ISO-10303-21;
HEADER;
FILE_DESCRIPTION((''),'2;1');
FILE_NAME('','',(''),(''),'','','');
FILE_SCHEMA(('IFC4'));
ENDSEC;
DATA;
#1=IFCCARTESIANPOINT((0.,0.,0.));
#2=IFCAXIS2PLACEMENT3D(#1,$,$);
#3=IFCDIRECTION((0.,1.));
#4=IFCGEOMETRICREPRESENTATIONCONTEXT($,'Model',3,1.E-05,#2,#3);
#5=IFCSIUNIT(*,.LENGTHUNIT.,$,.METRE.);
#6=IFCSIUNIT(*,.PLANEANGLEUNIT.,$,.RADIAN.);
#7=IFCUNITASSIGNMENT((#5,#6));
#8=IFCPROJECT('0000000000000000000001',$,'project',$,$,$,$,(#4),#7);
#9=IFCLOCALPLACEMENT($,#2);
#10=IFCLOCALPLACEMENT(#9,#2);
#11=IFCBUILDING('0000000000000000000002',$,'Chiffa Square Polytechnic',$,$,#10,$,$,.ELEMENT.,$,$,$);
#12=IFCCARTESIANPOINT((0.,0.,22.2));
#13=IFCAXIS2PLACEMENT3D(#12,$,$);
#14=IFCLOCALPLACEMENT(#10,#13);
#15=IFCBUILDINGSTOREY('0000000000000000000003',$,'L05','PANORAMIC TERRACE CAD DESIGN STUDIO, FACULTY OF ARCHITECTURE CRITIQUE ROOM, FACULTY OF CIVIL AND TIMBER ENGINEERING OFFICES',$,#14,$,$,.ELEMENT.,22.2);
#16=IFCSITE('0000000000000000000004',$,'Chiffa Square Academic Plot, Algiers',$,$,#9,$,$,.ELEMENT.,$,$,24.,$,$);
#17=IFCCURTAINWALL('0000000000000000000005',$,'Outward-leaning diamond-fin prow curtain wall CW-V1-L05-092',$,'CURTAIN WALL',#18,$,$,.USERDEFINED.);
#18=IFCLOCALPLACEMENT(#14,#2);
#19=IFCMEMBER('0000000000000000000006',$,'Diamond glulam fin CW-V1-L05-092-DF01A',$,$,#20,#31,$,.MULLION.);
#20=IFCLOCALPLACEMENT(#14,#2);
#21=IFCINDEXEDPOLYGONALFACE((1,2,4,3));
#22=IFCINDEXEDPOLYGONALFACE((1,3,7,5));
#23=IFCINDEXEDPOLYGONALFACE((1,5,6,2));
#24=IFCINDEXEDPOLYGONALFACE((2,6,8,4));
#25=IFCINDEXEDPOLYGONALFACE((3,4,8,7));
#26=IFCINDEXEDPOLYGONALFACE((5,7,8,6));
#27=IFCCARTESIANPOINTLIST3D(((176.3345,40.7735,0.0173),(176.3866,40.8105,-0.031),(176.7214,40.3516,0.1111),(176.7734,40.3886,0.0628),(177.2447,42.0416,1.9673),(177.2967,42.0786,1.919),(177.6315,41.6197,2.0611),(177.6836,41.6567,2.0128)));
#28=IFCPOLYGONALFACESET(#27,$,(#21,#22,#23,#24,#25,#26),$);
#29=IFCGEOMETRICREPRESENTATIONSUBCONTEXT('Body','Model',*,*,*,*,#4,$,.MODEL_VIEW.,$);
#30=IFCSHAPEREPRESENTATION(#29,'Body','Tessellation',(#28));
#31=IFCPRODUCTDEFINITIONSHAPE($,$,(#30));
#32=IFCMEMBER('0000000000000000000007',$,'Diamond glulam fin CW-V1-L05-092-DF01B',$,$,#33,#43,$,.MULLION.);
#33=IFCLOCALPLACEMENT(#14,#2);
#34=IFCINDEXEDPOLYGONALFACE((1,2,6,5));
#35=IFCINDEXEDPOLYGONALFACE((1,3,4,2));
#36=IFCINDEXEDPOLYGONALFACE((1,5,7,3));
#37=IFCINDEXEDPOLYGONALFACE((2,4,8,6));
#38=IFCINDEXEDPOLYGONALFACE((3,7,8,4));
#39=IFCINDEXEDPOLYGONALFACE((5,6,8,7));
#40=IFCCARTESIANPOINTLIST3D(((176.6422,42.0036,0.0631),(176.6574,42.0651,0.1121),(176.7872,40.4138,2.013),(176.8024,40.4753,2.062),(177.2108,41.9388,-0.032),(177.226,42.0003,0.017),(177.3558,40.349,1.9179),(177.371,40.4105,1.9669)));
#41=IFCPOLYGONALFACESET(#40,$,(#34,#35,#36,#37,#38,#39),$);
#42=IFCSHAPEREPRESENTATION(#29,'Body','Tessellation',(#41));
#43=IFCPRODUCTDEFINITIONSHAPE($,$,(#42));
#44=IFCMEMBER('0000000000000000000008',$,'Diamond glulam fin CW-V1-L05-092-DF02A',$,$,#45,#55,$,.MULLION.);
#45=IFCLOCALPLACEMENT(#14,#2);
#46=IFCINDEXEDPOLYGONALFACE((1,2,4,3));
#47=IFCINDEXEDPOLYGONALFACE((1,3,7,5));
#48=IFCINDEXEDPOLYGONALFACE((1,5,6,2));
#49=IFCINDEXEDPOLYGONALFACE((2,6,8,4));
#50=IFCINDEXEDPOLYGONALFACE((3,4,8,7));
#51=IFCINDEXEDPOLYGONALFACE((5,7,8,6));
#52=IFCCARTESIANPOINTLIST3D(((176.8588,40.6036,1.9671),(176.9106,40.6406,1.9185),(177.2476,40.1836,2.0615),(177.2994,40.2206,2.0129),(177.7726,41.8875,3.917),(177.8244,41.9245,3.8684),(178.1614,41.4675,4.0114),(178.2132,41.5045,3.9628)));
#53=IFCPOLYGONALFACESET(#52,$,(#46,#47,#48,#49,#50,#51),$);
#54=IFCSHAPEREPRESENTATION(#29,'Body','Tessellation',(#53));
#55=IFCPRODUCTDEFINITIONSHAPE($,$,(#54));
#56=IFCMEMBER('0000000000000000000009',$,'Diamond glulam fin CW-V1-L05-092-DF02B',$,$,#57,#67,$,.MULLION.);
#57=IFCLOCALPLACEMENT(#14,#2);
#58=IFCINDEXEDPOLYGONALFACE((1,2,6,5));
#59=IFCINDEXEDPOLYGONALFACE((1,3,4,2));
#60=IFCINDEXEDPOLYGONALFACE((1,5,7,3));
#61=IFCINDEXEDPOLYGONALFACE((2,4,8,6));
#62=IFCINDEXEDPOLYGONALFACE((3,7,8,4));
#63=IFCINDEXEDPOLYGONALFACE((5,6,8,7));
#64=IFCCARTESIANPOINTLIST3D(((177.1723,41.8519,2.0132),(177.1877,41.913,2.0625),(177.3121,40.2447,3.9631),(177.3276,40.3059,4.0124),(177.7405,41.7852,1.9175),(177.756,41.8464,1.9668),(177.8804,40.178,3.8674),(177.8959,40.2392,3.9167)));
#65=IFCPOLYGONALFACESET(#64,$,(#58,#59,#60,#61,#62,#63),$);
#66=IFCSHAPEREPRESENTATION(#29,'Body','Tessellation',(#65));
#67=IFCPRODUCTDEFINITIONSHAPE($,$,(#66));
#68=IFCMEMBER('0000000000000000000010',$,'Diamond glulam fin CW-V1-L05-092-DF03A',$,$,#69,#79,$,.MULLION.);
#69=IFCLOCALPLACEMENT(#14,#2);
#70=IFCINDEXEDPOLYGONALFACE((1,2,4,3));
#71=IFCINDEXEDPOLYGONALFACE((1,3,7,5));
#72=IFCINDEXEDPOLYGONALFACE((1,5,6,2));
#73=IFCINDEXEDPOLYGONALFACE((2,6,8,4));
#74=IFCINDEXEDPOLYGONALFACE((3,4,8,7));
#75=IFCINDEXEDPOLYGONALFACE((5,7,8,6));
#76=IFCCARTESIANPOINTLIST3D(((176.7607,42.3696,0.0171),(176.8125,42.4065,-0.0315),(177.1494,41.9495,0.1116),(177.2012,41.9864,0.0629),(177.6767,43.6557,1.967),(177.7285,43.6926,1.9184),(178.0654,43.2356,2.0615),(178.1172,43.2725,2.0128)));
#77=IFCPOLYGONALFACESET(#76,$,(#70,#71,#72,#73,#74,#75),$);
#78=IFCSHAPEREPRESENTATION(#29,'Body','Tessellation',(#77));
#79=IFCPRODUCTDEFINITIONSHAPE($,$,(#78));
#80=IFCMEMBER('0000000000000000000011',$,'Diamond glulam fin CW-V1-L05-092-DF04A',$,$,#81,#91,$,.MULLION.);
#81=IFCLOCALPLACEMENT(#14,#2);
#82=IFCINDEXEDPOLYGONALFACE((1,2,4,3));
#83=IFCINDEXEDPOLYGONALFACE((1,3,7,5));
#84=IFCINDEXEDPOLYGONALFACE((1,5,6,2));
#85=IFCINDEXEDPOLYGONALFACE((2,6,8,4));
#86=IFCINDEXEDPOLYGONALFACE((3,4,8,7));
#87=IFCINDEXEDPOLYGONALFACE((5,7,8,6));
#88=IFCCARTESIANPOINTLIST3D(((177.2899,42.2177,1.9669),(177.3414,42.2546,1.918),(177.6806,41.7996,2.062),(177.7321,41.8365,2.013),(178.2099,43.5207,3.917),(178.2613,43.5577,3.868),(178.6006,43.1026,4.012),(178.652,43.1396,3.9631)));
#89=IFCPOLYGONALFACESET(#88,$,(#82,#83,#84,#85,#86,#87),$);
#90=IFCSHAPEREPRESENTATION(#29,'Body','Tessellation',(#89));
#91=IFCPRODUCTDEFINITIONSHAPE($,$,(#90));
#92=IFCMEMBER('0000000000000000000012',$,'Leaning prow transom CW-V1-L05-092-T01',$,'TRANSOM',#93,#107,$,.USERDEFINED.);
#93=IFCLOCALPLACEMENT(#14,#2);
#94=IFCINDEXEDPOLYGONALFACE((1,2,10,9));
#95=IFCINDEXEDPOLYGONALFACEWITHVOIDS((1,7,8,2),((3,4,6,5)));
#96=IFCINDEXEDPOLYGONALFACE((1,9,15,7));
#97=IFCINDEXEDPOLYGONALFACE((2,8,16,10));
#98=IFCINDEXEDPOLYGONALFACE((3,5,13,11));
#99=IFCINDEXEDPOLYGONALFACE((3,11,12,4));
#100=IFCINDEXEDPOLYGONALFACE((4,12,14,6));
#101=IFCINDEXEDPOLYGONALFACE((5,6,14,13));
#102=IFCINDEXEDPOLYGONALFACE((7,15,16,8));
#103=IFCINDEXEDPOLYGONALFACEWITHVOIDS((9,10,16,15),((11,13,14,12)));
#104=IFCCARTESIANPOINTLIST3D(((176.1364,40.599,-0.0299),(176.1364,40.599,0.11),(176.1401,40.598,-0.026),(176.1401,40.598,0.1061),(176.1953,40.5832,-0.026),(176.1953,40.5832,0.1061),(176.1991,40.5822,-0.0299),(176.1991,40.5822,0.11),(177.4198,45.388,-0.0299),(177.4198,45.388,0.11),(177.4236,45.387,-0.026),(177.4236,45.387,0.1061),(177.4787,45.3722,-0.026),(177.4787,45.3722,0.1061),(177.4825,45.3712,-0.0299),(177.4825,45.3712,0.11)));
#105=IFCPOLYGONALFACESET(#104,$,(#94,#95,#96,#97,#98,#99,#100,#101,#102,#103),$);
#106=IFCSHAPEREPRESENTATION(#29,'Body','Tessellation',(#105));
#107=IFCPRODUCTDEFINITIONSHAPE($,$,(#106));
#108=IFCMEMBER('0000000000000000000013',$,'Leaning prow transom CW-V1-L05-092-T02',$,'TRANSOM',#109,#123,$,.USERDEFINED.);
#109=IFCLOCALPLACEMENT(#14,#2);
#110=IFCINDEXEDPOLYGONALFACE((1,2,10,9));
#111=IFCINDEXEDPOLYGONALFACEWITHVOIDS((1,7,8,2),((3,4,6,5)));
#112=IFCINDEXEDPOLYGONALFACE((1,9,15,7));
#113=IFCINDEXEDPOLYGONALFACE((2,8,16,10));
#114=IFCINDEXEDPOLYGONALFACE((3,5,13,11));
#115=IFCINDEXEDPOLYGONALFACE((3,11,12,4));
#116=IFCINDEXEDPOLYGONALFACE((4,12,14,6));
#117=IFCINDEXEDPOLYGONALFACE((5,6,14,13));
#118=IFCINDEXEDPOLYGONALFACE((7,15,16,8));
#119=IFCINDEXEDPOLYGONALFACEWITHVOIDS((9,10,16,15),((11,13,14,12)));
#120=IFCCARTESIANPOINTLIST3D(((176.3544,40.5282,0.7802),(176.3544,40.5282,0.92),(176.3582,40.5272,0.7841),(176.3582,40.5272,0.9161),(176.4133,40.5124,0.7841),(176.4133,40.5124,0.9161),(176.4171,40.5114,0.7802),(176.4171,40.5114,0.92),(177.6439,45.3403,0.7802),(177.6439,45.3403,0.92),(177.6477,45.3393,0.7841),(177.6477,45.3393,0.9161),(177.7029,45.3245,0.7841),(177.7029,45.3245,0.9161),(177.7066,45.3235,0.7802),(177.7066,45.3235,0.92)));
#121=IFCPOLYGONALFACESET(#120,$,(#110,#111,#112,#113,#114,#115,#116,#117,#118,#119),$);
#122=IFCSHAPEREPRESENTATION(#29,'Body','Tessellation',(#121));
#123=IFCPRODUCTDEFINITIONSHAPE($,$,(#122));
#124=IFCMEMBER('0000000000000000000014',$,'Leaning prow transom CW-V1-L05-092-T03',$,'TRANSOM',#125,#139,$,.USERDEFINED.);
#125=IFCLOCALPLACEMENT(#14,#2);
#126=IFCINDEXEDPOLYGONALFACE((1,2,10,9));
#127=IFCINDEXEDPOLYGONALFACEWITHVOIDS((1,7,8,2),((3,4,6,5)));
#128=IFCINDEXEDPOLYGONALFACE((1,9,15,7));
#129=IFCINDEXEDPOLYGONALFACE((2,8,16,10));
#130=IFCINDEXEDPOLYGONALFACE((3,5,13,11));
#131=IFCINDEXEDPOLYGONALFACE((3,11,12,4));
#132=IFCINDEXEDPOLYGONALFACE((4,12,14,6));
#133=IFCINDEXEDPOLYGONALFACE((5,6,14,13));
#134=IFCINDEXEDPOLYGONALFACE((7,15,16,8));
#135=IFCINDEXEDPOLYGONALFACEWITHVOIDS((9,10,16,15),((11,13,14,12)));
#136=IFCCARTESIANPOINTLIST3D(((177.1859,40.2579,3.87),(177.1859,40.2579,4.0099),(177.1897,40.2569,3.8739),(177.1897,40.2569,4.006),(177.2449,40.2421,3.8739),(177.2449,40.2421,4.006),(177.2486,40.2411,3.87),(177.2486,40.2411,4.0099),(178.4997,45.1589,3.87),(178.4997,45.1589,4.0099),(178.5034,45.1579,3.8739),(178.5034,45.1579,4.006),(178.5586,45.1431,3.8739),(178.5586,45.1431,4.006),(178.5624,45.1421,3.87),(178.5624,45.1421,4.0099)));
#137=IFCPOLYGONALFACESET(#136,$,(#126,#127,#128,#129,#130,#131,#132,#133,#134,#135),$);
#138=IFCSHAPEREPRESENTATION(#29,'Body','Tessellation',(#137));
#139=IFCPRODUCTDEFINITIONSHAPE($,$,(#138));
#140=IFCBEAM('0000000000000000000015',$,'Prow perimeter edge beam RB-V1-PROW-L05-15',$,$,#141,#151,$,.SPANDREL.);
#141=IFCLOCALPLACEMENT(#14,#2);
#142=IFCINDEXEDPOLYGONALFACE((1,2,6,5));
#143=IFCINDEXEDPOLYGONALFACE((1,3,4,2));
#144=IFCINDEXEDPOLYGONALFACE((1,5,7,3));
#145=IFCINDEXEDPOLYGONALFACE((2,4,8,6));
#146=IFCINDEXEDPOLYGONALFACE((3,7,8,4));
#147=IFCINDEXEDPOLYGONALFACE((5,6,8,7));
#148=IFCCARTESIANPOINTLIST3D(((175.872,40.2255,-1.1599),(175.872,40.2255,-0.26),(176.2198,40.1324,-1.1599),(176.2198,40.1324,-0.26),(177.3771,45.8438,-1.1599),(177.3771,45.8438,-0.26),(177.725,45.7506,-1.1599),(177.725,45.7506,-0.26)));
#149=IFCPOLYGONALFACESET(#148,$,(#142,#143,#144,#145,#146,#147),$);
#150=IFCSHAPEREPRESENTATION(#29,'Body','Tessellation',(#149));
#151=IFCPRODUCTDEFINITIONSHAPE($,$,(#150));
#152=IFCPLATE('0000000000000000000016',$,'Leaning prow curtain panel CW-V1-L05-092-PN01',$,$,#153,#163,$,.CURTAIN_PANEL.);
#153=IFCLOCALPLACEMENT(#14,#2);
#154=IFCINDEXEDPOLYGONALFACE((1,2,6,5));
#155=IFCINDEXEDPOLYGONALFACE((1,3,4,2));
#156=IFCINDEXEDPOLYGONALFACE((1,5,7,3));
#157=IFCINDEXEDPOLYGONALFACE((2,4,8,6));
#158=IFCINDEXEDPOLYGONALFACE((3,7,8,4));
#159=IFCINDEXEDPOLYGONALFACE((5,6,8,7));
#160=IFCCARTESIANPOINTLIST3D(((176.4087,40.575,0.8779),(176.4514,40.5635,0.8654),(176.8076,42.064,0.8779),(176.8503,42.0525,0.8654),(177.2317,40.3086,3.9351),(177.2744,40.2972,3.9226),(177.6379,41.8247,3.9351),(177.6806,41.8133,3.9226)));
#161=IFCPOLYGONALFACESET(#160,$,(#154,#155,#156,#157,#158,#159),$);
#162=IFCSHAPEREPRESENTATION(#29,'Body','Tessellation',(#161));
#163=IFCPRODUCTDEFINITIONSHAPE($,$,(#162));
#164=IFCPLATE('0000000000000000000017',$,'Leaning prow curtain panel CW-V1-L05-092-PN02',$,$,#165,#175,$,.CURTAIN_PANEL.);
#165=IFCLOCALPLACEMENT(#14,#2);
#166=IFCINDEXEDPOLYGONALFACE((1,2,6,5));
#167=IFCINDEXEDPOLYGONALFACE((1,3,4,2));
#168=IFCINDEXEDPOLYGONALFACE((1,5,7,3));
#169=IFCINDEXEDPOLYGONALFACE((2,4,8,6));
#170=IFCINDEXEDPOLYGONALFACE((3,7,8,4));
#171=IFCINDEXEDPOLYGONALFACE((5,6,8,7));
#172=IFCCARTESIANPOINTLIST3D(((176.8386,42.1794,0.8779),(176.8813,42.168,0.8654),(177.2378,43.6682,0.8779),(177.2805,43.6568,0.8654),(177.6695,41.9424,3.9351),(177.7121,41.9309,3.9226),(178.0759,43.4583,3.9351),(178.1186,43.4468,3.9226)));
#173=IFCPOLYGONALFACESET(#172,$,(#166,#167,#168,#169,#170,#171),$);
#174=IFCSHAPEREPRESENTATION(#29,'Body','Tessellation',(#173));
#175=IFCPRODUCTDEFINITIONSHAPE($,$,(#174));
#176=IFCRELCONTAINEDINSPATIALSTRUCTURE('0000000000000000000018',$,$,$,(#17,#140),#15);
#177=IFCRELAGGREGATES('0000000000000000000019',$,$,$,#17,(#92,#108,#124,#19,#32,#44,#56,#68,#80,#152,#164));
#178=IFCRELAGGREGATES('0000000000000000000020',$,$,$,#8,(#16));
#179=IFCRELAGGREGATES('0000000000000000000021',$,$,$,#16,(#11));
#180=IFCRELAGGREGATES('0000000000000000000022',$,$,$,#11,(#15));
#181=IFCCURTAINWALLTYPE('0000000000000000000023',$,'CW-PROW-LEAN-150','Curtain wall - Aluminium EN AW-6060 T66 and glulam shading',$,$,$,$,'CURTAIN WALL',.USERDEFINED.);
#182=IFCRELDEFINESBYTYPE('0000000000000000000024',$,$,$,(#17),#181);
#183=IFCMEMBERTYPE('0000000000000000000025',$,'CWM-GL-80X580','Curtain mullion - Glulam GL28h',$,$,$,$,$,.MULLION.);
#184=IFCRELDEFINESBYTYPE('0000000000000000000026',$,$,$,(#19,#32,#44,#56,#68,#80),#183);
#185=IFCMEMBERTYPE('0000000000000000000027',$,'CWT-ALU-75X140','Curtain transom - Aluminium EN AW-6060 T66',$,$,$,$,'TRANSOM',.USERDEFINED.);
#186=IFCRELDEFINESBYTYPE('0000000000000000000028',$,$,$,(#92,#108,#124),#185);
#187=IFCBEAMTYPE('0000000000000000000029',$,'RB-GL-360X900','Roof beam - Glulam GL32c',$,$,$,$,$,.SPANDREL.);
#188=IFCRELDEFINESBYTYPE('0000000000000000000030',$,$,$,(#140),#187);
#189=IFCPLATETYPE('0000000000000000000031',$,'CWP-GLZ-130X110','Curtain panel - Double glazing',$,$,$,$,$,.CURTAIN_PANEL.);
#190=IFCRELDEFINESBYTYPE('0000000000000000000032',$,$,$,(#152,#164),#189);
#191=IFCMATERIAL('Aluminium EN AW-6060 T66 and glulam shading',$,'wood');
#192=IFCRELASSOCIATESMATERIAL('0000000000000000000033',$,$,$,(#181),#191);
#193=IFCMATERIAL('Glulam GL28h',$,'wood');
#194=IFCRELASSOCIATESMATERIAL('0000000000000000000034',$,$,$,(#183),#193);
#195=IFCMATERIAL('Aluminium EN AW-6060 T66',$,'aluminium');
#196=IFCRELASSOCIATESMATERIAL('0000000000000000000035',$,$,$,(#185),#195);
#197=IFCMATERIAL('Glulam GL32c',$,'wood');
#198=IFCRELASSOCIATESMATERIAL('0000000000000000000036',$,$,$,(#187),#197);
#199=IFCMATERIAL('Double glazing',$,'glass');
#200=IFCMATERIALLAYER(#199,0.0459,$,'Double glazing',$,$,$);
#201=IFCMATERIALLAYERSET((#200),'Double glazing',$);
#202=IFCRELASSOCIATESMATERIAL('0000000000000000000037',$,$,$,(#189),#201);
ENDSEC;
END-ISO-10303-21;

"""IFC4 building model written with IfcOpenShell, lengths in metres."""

from ifc_helpers import new_model, si_unit, direction, frame, origin, origin_2d, place, context, subcontext, project, spatial, polyline, rectangle, hollow_rectangle, outline, extrude, material, layer, layer_set, material_profile, profile_set, type_object, element, aggregate, save


model = new_model("IFC4")

# Units and contexts
model_context = context("Model", 3, precision=1e-05, world=origin(), true_north=direction((0.0, 1.0)))
body_context = subcontext(model_context, "Body", "Model", "MODEL_VIEW")
ifc_project = project(units=[si_unit("LENGTHUNIT", "METRE"), si_unit("PLANEANGLEUNIT", "RADIAN")], contexts=[model_context])

# Site, building, storey
site_placement = place(None, origin())
site = spatial("IfcSite", under=ifc_project, at=site_placement, Name="Chiffa Square Academic Plot, Algiers", CompositionType="ELEMENT", RefElevation=24.0)
building_placement = place(site_placement, origin())
building = spatial("IfcBuilding", under=site, at=building_placement, Name="Chiffa Square Polytechnic", CompositionType="ELEMENT")
storey_placement = place(building_placement, frame((0.0, 0.0, 22.2)))
storey = spatial("IfcBuildingStorey", under=building, at=storey_placement, Name="L05", Description="PANORAMIC TERRACE CAD DESIGN STUDIO, FACULTY OF ARCHITECTURE CRITIQUE ROOM, FACULTY OF CIVIL AND TIMBER ENGINEERING OFFICES", CompositionType="ELEMENT", Elevation=22.2)

# Shared definitions
ifc_material_1 = material(Name="Glulam GL32c", Category="wood")

# Curtain wall
ifc_material_2 = material(Name="Aluminium EN AW-6060 T66 and glulam shading", Category="wood")
ifc_material_3 = material(Name="Aluminium EN AW-6060 T66", Category="aluminium")
curtain_wall_type_1 = type_object("IfcCurtainWallType", Name="CW-PROW-LEAN-150", Description="Curtain wall - Aluminium EN AW-6060 T66 and glulam shading", ElementType="CURTAIN WALL", PredefinedType="USERDEFINED", material=ifc_material_2)
curtain_wall_1_placement = place(storey_placement, origin())
curtain_wall_1 = element("IfcCurtainWall", 1, at=curtain_wall_1_placement, inside=storey, type_object=curtain_wall_type_1, Name="Outward-leaning diamond-fin prow curtain wall CW-V1-L05-092", ObjectType="CURTAIN WALL", PredefinedType="USERDEFINED")

# Members
ifc_material_4 = material(Name="Glulam GL28h", Category="wood")
ifc_material_profile_1 = material_profile(ifc_material_4, rectangle(XDim=0.0801, YDim=0.5801, at=origin_2d()), Name="GL28h 80x580")
ifc_profile_set_1 = profile_set([ifc_material_profile_1], Name="Glulam GL28h")
member_type_1 = type_object("IfcMemberType", Name="CWM-GL-80X580", Description="Curtain mullion - Glulam GL28h", PredefinedType="MULLION", material=ifc_profile_set_1)
member_1_placement = place(storey_placement, frame((176.554, 40.5811, 0.04), z_axis=(0.364392, 0.507686, 0.780687), x_axis=(-0.649973, -0.461702, 0.603628)))
member_1 = element("IfcMember", 2, at=member_1_placement, type_object=member_type_1, Name="Diamond glulam fin CW-V1-L05-092-DF01A", PredefinedType="MULLION", context=body_context, shape_type="SweptSolid", body=[
    extrude(rectangle(XDim=0.0801, YDim=0.5801, at=origin_2d()), origin(), (0.0, 0.0, 1.0), 2.4978),
])
member_2_placement = place(storey_placement, frame((176.9341, 42.002, 0.04), z_axis=(0.057545, -0.630863, 0.773757), x_axis=(0.189857, 0.767813, 0.611897)))
member_2 = element("IfcMember", 3, at=member_2_placement, type_object=member_type_1, Name="Diamond glulam fin CW-V1-L05-092-DF01B", PredefinedType="MULLION", context=body_context, shape_type="SweptSolid", body=[
    extrude(rectangle(XDim=0.0801, YDim=0.5801, at=origin_2d()), origin(), (0.0, 0.0, 1.0), 2.52),
])
member_3_placement = place(storey_placement, frame((177.0791, 40.4121, 1.99), z_axis=(0.364483, 0.512107, 0.777752), x_axis=(-0.646484, -0.461978, 0.607153)))
member_3 = element("IfcMember", 4, at=member_3_placement, type_object=member_type_1, Name="Diamond glulam fin CW-V1-L05-092-DF02A", PredefinedType="MULLION", context=body_context, shape_type="SweptSolid", body=[
    extrude(rectangle(XDim=0.0801, YDim=0.5801, at=origin_2d()), origin(), (0.0, 0.0, 1.0), 2.5071),
])
member_4_placement = place(storey_placement, frame((177.4641, 41.8491, 1.99), z_axis=(0.055276, -0.63505, 0.770491), x_axis=(0.193308, 0.763877, 0.61573)))
member_4 = element("IfcMember", 5, at=member_4_placement, type_object=member_type_1, Name="Diamond glulam fin CW-V1-L05-092-DF02B", PredefinedType="MULLION", context=body_context, shape_type="SweptSolid", body=[
    extrude(rectangle(XDim=0.0801, YDim=0.5801, at=origin_2d()), origin(), (0.0, 0.0, 1.0), 2.5308),
])
member_5_placement = place(storey_placement, frame((176.981, 42.178, 0.04), z_axis=(0.365079, 0.512589, 0.777155), x_axis=(-0.646301, -0.461296, 0.607866)))
member_5 = element("IfcMember", 6, at=member_5_placement, type_object=member_type_1, Name="Diamond glulam fin CW-V1-L05-092-DF03A", PredefinedType="MULLION", context=body_context, shape_type="SweptSolid", body=[
    extrude(rectangle(XDim=0.0801, YDim=0.5801, at=origin_2d()), origin(), (0.0, 0.0, 1.0), 2.509),
])
member_6_placement = place(storey_placement, frame((177.511, 42.0271, 1.99), z_axis=(0.365166, 0.517221, 0.774039), x_axis=(-0.642653, -0.461504, 0.611564)))
member_6 = element("IfcMember", 7, at=member_6_placement, type_object=member_type_1, Name="Diamond glulam fin CW-V1-L05-092-DF04A", PredefinedType="MULLION", context=body_context, shape_type="SweptSolid", body=[
    extrude(rectangle(XDim=0.0801, YDim=0.5801, at=origin_2d()), origin(), (0.0, 0.0, 1.0), 2.5193),
])
ifc_material_profile_2 = material_profile(ifc_material_3, hollow_rectangle(XDim=0.0649, YDim=0.1399, WallThickness=0.0039, at=origin_2d()), Name="ALU 65x140x4")
ifc_profile_set_2 = profile_set([ifc_material_profile_2], Name="Aluminium EN AW-6060 T66")
member_type_2 = type_object("IfcMemberType", Name="CWT-ALU-75X140", Description="Curtain transom - Aluminium EN AW-6060 T66", ElementType="TRANSOM", PredefinedType="USERDEFINED", material=ifc_profile_set_2)
member_7_placement = place(storey_placement, frame((176.1677, 40.5906, 0.04), z_axis=(0.258861, 0.965915, 0.0), x_axis=(-0.965915, 0.258861, 0.0)))
member_7 = element("IfcMember", 8, at=member_7_placement, type_object=member_type_2, Name="Leaning prow transom CW-V1-L05-092-T01", ObjectType="TRANSOM", PredefinedType="USERDEFINED", context=body_context, shape_type="SweptSolid", body=[
    extrude(hollow_rectangle(XDim=0.0649, YDim=0.1399, WallThickness=0.0039, at=origin_2d()), origin(), (0.0, 0.0, 1.0), 4.958),
])
member_8_placement = place(storey_placement, frame((176.3857, 40.5198, 0.8501), z_axis=(0.25884, 0.96592, 0.0), x_axis=(-0.96592, 0.25884, 0.0)))
member_8 = element("IfcMember", 9, at=member_8_placement, type_object=member_type_2, Name="Leaning prow transom CW-V1-L05-092-T02", ObjectType="TRANSOM", PredefinedType="USERDEFINED", context=body_context, shape_type="SweptSolid", body=[
    extrude(hollow_rectangle(XDim=0.0649, YDim=0.1399, WallThickness=0.0039, at=origin_2d()), origin(), (0.0, 0.0, 1.0), 4.9819),
])
member_9_placement = place(storey_placement, frame((177.2173, 40.2495, 3.9399), z_axis=(0.258917, 0.9659, 0.0), x_axis=(-0.9659, 0.258917, 0.0)))
member_9 = element("IfcMember", 10, at=member_9_placement, type_object=member_type_2, Name="Leaning prow transom CW-V1-L05-092-T03", ObjectType="TRANSOM", PredefinedType="USERDEFINED", context=body_context, shape_type="SweptSolid", body=[
    extrude(hollow_rectangle(XDim=0.0649, YDim=0.1399, WallThickness=0.0039, at=origin_2d()), origin(), (0.0, 0.0, 1.0), 5.074),
])

# Beam
ifc_material_profile_3 = material_profile(ifc_material_1, rectangle(XDim=0.3601, YDim=0.8999, at=origin_2d()), Name="GL32c 360x900")
ifc_profile_set_3 = profile_set([ifc_material_profile_3], Name="Glulam GL32c")
beam_type_1 = type_object("IfcBeamType", Name="RB-GL-360X900", Description="Roof beam - Glulam GL32c", PredefinedType="SPANDREL", material=ifc_profile_set_3)
beam_1_placement = place(storey_placement, frame((176.0459, 40.179, -0.71), z_axis=(0.258778, 0.965937, 0.0), x_axis=(-0.965937, 0.258778, 0.0)))
element("IfcBeam", 11, at=beam_1_placement, inside=storey, type_object=beam_type_1, Name="Prow perimeter edge beam RB-V1-PROW-L05-15", PredefinedType="SPANDREL", context=body_context, shape_type="SweptSolid", body=[
    extrude(rectangle(XDim=0.3601, YDim=0.8999, at=origin_2d()), origin(), (0.0, 0.0, 1.0), 5.8164),
])

# Plates
ifc_material_5 = material(Name="Double glazing", Category="glass")
ifc_layer_1 = layer(ifc_material_5, 0.0459, Name="Double glazing")
ifc_layer_set_1 = layer_set([ifc_layer_1], Name="Double glazing")
plate_type_1 = type_object("IfcPlateType", Name="CWP-GLZ-130X110", Description="Curtain panel - Double glazing", PredefinedType="CURTAIN_PANEL", material=ifc_layer_set_1)
plate_1_placement = place(storey_placement, frame((176.4087, 40.575, 0.8779), z_axis=(-0.929527, 0.249052, 0.271943), x_axis=(0.258804, 0.96593, -0.000005)))
plate_1 = element("IfcPlate", 12, at=plate_1_placement, type_object=plate_type_1, Name="Leaning prow curtain panel CW-V1-L05-092-PN01", PredefinedType="CURTAIN_PANEL", context=body_context, shape_type="SweptSolid", body=[
    extrude(outline(polyline([(0.0, 0.0), (1.5415, 0.0), (1.5253, -3.1769), (-0.0443, -3.1768), (0.0, 0.0)])), origin(), (0.0, 0.0, -1.0), 0.0459),
])
plate_2_placement = place(storey_placement, frame((176.8386, 42.1794, 0.8779), z_axis=(-0.929482, 0.249231, 0.271933), x_axis=(0.25899, 0.96588, -0.000005)))
plate_2 = element("IfcPlate", 13, at=plate_2_placement, type_object=plate_type_1, Name="Leaning prow curtain panel CW-V1-L05-092-PN02", PredefinedType="CURTAIN_PANEL", context=body_context, shape_type="SweptSolid", body=[
    extrude(outline(polyline([(0.0, 0.0), (1.5414, 0.0), (1.5556, -3.1769), (-0.0138, -3.1768), (0.0, 0.0)])), origin(), (0.0, 0.0, -1.0), 0.0459),
])
aggregate(curtain_wall_1, [member_7, member_8, member_9, member_1, member_2, member_3, member_4, member_5, member_6, plate_1, plate_2])

save(model, "model.ifc")
